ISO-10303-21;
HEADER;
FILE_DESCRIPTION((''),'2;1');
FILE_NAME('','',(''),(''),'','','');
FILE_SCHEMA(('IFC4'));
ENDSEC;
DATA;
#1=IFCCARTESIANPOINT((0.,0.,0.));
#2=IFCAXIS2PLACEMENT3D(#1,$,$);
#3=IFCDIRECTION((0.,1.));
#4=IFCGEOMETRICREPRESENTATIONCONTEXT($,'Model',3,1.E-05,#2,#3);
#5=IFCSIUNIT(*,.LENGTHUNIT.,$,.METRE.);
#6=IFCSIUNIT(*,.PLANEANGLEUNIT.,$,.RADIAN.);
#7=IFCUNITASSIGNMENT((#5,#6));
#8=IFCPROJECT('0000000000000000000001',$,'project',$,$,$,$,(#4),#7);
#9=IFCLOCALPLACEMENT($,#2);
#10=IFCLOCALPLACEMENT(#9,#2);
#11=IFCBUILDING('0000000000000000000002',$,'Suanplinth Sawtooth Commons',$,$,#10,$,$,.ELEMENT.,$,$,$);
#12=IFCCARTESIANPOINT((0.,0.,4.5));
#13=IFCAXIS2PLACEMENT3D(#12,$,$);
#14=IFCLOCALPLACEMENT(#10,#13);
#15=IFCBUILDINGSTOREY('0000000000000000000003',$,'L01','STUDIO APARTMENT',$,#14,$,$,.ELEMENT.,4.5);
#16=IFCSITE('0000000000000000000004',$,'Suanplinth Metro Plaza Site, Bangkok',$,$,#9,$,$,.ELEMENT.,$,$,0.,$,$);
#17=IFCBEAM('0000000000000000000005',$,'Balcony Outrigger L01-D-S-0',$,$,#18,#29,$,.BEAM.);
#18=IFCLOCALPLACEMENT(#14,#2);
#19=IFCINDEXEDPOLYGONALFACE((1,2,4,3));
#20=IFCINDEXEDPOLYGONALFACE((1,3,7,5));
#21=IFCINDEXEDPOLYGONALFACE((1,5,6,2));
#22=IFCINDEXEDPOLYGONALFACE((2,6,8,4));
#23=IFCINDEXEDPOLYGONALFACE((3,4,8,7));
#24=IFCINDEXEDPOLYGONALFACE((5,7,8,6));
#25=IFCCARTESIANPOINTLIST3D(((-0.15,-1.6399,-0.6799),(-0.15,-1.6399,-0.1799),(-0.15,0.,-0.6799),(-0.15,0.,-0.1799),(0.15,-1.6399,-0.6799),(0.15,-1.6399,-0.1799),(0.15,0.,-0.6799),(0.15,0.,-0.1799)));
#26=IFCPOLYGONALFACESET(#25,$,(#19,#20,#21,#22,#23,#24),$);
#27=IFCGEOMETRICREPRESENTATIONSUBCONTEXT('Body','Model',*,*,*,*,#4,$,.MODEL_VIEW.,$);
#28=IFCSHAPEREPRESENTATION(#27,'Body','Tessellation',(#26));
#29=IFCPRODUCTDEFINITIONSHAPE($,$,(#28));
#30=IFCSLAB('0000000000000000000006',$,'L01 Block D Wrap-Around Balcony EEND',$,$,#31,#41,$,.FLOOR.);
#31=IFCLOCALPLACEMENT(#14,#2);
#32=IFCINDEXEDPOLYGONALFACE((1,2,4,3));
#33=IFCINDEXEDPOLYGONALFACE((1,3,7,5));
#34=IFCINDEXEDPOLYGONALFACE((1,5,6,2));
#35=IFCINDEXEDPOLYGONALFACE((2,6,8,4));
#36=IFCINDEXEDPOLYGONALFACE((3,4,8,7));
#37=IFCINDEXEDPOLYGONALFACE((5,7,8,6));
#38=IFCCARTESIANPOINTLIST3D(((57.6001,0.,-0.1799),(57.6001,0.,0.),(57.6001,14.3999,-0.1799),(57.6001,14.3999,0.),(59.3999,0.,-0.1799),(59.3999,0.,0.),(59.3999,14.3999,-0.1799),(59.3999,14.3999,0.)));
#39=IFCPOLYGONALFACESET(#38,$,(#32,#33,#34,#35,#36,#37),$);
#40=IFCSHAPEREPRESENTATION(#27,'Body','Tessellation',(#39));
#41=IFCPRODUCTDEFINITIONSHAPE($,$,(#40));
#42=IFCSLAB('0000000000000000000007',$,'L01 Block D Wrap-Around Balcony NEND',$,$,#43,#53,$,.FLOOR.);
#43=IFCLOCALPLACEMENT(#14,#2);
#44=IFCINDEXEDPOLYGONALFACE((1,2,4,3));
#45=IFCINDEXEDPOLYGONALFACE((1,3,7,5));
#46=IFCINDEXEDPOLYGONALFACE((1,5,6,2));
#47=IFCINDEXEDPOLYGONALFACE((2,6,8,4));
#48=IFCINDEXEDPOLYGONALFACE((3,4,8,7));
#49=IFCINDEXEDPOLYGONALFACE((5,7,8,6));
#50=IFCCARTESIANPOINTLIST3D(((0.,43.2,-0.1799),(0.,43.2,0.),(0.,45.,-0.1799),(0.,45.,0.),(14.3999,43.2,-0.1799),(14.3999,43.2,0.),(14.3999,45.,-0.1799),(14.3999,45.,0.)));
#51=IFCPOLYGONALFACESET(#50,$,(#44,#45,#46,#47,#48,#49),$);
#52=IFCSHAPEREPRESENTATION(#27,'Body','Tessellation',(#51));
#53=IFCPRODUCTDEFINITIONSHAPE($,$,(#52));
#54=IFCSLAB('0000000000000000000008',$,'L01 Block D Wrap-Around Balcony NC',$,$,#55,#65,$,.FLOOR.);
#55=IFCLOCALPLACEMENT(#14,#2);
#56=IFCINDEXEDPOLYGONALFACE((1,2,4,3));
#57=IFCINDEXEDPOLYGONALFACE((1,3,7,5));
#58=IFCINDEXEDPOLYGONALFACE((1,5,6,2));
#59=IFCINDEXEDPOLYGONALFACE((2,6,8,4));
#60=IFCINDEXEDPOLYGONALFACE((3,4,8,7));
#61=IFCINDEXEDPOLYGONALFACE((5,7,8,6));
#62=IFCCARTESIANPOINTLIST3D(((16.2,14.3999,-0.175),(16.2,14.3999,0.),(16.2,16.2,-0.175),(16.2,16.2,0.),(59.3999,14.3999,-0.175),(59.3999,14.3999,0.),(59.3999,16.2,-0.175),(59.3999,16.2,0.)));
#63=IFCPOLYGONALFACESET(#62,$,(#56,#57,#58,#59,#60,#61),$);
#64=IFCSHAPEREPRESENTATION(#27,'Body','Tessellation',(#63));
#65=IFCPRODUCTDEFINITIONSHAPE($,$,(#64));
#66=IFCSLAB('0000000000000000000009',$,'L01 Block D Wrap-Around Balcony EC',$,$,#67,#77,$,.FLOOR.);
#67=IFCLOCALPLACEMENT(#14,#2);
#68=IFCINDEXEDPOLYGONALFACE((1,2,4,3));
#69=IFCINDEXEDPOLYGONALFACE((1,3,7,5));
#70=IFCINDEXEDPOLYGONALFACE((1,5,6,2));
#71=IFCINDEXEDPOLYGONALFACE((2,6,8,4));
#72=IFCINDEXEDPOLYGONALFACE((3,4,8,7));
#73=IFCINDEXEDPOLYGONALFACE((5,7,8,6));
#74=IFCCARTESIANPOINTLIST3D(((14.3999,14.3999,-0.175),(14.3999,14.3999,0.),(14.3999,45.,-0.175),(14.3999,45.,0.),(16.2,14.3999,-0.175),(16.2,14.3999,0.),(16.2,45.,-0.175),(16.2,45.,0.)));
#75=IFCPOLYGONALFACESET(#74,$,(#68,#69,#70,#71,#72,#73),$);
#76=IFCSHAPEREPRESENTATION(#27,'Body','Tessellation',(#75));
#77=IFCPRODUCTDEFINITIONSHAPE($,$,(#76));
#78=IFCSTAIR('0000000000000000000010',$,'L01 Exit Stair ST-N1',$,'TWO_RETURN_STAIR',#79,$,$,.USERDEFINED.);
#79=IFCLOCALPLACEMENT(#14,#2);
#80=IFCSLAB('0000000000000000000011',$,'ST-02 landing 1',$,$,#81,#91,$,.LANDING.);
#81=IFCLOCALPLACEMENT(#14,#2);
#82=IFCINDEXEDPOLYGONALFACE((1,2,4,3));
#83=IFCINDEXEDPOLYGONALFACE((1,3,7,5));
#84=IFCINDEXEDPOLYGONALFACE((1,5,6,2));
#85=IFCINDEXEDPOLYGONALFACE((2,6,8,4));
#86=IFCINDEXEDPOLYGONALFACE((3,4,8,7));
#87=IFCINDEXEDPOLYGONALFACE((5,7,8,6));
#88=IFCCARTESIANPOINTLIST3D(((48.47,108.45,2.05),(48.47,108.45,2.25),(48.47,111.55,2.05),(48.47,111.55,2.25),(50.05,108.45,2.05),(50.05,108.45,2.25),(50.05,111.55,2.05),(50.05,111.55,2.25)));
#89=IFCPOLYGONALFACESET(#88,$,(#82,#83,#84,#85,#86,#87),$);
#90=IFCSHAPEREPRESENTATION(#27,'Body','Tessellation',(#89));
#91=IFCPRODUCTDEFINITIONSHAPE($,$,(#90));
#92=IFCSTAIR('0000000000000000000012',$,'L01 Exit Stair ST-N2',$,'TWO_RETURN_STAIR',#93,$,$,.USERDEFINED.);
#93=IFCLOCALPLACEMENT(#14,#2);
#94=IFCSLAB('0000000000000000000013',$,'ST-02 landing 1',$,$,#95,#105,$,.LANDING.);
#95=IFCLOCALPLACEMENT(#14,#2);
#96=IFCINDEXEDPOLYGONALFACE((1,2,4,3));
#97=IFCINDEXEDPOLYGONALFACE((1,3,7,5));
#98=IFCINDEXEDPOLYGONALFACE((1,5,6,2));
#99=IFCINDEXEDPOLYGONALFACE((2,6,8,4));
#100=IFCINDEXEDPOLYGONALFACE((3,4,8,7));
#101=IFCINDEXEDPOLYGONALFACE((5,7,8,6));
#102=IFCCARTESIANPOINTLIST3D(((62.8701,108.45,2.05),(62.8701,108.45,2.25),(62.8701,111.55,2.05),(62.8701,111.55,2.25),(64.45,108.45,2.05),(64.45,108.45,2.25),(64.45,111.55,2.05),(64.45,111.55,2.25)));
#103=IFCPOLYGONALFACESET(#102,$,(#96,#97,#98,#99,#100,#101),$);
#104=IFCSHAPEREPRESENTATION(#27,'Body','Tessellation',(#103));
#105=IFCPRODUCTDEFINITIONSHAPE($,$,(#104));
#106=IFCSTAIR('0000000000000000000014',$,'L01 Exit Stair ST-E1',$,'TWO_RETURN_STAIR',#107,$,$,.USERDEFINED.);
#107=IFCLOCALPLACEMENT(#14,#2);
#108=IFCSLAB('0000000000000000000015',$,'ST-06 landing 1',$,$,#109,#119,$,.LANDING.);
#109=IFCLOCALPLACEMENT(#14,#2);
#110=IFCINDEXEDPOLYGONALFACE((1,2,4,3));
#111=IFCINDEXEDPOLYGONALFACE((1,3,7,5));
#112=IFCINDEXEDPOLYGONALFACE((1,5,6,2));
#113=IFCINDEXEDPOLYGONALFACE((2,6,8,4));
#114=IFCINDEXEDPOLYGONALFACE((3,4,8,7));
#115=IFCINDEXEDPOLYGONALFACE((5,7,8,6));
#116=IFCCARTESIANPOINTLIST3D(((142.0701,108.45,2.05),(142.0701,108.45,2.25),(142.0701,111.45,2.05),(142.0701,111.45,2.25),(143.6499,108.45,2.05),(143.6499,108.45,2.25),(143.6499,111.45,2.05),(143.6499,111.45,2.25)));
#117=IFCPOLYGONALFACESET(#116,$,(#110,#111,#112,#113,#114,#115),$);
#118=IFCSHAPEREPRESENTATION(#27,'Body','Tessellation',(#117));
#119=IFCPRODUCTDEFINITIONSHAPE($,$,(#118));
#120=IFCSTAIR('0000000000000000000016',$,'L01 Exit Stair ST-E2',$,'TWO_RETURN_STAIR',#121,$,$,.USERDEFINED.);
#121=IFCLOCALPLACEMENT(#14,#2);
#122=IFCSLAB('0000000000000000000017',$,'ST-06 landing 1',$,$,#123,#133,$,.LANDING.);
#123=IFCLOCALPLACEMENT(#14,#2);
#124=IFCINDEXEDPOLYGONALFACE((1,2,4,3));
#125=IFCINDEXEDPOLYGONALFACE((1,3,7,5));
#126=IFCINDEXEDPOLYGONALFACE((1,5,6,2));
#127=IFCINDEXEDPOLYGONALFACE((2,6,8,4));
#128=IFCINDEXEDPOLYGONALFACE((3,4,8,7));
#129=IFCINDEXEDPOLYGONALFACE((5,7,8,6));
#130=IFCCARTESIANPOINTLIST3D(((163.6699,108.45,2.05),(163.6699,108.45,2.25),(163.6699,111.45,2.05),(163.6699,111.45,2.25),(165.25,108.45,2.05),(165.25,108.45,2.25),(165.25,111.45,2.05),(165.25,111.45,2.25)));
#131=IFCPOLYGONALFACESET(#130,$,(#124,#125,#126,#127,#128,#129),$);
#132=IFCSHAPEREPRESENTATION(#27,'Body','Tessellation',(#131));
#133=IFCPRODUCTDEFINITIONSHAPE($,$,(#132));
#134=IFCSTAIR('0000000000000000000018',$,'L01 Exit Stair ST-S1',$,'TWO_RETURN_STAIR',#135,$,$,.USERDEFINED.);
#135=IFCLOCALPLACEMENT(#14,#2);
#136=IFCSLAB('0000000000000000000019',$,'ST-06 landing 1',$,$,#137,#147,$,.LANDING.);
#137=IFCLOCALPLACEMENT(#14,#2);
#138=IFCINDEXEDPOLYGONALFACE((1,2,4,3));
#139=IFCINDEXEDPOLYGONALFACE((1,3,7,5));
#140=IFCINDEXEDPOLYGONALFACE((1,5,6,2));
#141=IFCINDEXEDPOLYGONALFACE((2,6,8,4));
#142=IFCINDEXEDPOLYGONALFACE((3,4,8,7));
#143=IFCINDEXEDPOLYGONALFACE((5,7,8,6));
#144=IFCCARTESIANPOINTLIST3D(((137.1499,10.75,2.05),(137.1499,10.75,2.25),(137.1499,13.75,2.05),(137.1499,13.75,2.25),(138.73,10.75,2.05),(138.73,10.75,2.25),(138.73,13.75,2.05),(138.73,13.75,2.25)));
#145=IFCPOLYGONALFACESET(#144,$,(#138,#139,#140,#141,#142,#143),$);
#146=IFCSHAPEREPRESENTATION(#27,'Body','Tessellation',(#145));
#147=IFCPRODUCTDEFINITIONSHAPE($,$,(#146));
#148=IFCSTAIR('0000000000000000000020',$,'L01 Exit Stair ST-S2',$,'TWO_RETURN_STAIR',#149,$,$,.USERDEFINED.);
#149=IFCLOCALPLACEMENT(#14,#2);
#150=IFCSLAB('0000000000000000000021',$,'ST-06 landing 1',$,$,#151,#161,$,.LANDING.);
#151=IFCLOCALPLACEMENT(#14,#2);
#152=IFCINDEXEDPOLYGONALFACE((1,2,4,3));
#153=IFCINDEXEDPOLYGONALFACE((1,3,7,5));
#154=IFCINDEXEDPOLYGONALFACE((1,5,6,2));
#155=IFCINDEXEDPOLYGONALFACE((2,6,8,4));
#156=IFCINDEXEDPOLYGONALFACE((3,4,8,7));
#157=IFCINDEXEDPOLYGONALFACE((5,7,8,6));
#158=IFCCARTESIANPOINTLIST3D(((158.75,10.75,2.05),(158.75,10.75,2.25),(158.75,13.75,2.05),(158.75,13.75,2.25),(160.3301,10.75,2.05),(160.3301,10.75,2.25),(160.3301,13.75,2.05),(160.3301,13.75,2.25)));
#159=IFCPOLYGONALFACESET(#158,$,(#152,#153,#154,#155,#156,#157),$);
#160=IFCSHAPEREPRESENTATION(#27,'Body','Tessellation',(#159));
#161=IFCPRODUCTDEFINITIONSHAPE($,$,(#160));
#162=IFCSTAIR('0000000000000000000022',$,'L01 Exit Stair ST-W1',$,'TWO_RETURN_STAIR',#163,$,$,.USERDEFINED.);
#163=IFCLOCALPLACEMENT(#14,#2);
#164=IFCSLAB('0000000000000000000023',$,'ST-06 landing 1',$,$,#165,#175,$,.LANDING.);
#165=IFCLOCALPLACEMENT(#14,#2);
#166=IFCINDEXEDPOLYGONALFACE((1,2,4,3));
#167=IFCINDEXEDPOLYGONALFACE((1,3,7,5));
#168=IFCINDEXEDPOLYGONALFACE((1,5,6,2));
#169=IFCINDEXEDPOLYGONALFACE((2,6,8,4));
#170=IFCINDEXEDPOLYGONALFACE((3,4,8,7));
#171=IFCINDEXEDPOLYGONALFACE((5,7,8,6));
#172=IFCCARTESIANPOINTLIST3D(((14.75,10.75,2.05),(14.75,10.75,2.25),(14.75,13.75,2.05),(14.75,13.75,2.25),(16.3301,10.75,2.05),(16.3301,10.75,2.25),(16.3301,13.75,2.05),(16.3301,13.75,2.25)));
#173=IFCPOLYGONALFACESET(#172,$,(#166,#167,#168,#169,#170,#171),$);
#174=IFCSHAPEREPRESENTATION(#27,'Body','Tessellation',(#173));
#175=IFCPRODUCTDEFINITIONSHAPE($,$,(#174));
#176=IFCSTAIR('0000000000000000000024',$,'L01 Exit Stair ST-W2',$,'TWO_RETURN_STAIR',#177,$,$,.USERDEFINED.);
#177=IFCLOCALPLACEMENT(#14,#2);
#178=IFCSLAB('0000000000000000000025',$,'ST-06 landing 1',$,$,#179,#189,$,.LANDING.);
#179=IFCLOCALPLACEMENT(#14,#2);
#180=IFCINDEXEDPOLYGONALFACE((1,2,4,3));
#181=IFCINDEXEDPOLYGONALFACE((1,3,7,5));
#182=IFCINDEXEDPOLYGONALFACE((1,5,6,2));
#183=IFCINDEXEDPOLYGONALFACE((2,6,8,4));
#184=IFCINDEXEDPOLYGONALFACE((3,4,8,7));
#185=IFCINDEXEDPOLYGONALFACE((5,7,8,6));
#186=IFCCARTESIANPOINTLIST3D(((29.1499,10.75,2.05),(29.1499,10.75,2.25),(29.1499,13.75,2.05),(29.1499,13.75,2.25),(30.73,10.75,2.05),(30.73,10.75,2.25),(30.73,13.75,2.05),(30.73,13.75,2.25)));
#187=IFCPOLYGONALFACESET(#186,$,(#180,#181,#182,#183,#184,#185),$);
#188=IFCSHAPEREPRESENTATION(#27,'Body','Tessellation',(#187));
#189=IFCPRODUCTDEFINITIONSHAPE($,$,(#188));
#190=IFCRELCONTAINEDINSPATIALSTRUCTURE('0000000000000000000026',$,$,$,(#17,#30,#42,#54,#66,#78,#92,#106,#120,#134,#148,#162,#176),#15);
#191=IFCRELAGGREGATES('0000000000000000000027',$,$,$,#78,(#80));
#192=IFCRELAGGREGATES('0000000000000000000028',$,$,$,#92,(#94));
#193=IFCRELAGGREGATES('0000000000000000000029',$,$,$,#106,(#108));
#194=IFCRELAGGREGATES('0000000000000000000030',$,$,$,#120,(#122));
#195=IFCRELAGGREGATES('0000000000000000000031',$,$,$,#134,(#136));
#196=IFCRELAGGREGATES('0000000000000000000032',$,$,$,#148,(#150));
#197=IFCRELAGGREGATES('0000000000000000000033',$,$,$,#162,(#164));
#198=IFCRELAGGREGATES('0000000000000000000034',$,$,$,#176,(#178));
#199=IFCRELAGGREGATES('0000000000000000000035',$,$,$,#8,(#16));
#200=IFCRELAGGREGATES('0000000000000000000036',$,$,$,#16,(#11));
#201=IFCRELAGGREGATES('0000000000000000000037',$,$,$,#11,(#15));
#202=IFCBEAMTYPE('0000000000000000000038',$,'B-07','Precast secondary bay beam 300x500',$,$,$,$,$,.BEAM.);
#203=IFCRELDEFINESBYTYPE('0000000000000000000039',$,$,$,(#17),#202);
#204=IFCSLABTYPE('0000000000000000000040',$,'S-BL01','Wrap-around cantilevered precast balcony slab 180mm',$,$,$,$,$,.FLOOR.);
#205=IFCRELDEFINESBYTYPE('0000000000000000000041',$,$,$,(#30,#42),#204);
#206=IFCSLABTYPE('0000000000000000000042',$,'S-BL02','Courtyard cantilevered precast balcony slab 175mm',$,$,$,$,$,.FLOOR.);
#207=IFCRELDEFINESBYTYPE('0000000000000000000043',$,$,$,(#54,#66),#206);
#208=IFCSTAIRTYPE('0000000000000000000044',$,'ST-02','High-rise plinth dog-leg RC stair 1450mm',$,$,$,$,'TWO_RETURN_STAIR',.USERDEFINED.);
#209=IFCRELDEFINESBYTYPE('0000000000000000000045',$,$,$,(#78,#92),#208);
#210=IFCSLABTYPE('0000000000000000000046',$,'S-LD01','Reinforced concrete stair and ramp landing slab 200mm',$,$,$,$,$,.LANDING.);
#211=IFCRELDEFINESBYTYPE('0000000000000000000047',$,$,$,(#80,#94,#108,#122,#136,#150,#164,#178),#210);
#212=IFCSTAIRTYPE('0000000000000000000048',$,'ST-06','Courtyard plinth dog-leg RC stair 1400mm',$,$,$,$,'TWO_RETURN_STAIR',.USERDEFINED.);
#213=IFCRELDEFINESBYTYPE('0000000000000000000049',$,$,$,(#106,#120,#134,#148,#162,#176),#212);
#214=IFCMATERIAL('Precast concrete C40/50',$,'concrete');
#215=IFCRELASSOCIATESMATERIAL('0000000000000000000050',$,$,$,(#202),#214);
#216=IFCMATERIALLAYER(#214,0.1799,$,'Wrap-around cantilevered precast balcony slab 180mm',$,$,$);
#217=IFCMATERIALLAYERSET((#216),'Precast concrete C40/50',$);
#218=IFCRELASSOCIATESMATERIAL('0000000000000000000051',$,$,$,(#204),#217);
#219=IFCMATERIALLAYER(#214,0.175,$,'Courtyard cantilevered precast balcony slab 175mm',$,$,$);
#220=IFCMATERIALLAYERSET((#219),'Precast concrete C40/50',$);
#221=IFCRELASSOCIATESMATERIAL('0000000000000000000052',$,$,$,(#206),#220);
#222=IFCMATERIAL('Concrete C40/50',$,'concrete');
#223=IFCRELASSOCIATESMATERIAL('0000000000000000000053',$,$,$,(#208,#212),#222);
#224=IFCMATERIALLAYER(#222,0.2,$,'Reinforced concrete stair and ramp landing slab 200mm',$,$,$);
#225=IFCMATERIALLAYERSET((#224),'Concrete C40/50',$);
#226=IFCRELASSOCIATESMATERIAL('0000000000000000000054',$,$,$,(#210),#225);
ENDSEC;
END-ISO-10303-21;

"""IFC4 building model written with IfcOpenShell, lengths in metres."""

from ifc_helpers import new_model, si_unit, direction, frame, origin, origin_2d, place, context, subcontext, project, spatial, polyline, rectangle, outline, extrude, material, layer, layer_set, material_profile, profile_set, type_object, element, aggregate, save


model = new_model("IFC4")

# Units and contexts
model_context = context("Model", 3, precision=1e-05, world=origin(), true_north=direction((0.0, 1.0)))
body_context = subcontext(model_context, "Body", "Model", "MODEL_VIEW")
ifc_project = project(units=[si_unit("LENGTHUNIT", "METRE"), si_unit("PLANEANGLEUNIT", "RADIAN")], contexts=[model_context])

# Site, building, storey
site_placement = place(None, origin())
site = spatial("IfcSite", under=ifc_project, at=site_placement, Name="Suanplinth Metro Plaza Site, Bangkok", CompositionType="ELEMENT", RefElevation=0.0)
building_placement = place(site_placement, origin())
building = spatial("IfcBuilding", under=site, at=building_placement, Name="Suanplinth Sawtooth Commons", CompositionType="ELEMENT")
storey_placement = place(building_placement, frame((0.0, 0.0, 4.5)))
storey = spatial("IfcBuildingStorey", under=building, at=storey_placement, Name="L01", Description="STUDIO APARTMENT", CompositionType="ELEMENT", Elevation=4.5)

# Beam
ifc_material_1 = material(Name="Precast concrete C40/50", Category="concrete")
ifc_material_profile = material_profile(ifc_material_1, rectangle(XDim=0.3, YDim=0.5, at=origin_2d()), Name="PC-BM 300x500")
ifc_profile_set = profile_set([ifc_material_profile], Name="Precast concrete C40/50")
beam_type = type_object("IfcBeamType", Name="B-07", Description="Precast secondary bay beam 300x500", PredefinedType="BEAM", material=ifc_profile_set)
beam_placement = place(storey_placement, frame((0.0, 0.0, -0.4299), z_axis=(0.0, -1.0, 0.0), x_axis=(1.0, 0.0, 0.0)))
element("IfcBeam", 1, at=beam_placement, inside=storey, type_object=beam_type, Name="Balcony Outrigger L01-D-S-0", PredefinedType="BEAM", context=body_context, shape_type="SweptSolid", body=[
    extrude(rectangle(XDim=0.3, YDim=0.5, at=origin_2d()), origin(), (0.0, 0.0, 1.0), 1.6399),
])

# Slabs
ifc_layer_1 = layer(ifc_material_1, 0.1799, Name="Wrap-around cantilevered precast balcony slab 180mm")
ifc_layer_set_1 = layer_set([ifc_layer_1], Name="Precast concrete C40/50")
slab_type_1 = type_object("IfcSlabType", Name="S-BL01", Description="Wrap-around cantilevered precast balcony slab 180mm", PredefinedType="FLOOR", material=ifc_layer_set_1)
slab_1_placement = place(storey_placement, frame((0.0, 0.0, -0.1799)))
element("IfcSlab", 2, at=slab_1_placement, inside=storey, type_object=slab_type_1, Name="L01 Block D Wrap-Around Balcony EEND", PredefinedType="FLOOR", context=body_context, shape_type="SweptSolid", body=[
    extrude(outline(polyline([(59.3999, 14.3999), (59.3999, 0.0), (57.6001, 0.0), (57.6001, 14.3999), (59.3999, 14.3999)])), origin(), (0.0, 0.0, 1.0), 0.1799),
])
slab_2_placement = place(storey_placement, frame((0.0, 0.0, -0.1799)))
element("IfcSlab", 3, at=slab_2_placement, inside=storey, type_object=slab_type_1, Name="L01 Block D Wrap-Around Balcony NEND", PredefinedType="FLOOR", context=body_context, shape_type="SweptSolid", body=[
    extrude(outline(polyline([(0.0, 45.0), (14.3999, 45.0), (14.3999, 43.2), (0.0, 43.2), (0.0, 45.0)])), origin(), (0.0, 0.0, 1.0), 0.1799),
])
ifc_layer_2 = layer(ifc_material_1, 0.175, Name="Courtyard cantilevered precast balcony slab 175mm")
ifc_layer_set_2 = layer_set([ifc_layer_2], Name="Precast concrete C40/50")
slab_type_2 = type_object("IfcSlabType", Name="S-BL02", Description="Courtyard cantilevered precast balcony slab 175mm", PredefinedType="FLOOR", material=ifc_layer_set_2)
slab_3_placement = place(storey_placement, frame((0.0, 0.0, -0.175)))
element("IfcSlab", 4, at=slab_3_placement, inside=storey, type_object=slab_type_2, Name="L01 Block D Wrap-Around Balcony NC", PredefinedType="FLOOR", context=body_context, shape_type="SweptSolid", body=[
    extrude(outline(polyline([(16.2, 16.2), (59.3999, 16.2), (59.3999, 14.3999), (16.2, 14.3999), (16.2, 16.2)])), origin(), (0.0, 0.0, 1.0), 0.175),
])
slab_4_placement = place(storey_placement, frame((0.0, 0.0, -0.175)))
element("IfcSlab", 5, at=slab_4_placement, inside=storey, type_object=slab_type_2, Name="L01 Block D Wrap-Around Balcony EC", PredefinedType="FLOOR", context=body_context, shape_type="SweptSolid", body=[
    extrude(outline(polyline([(14.3999, 45.0), (16.2, 45.0), (16.2, 14.3999), (14.3999, 14.3999), (14.3999, 45.0)])), origin(), (0.0, 0.0, 1.0), 0.175),
])

# Stairs, slabs
ifc_material_2 = material(Name="Concrete C40/50", Category="concrete")
stair_type_1 = type_object("IfcStairType", Name="ST-02", Description="High-rise plinth dog-leg RC stair 1450mm", ElementType="TWO_RETURN_STAIR", PredefinedType="USERDEFINED", material=ifc_material_2)
stair_1_placement = place(storey_placement, origin())
stair_1 = element("IfcStair", 6, at=stair_1_placement, inside=storey, type_object=stair_type_1, Name="L01 Exit Stair ST-N1", ObjectType="TWO_RETURN_STAIR", PredefinedType="USERDEFINED")
ifc_layer_3 = layer(ifc_material_2, 0.2, Name="Reinforced concrete stair and ramp landing slab 200mm")
ifc_layer_set_3 = layer_set([ifc_layer_3], Name="Concrete C40/50")
slab_type_3 = type_object("IfcSlabType", Name="S-LD01", Description="Reinforced concrete stair and ramp landing slab 200mm", PredefinedType="LANDING", material=ifc_layer_set_3)
slab_5_placement = place(storey_placement, frame((0.0, 0.0, 2.05)))
slab_5 = element("IfcSlab", 7, at=slab_5_placement, type_object=slab_type_3, Name="ST-02 landing 1", PredefinedType="LANDING", context=body_context, shape_type="SweptSolid", body=[
    extrude(outline(polyline([(48.47, 108.45), (50.05, 108.45), (50.05, 111.55), (48.47, 111.55), (48.47, 108.45)])), origin(), (0.0, 0.0, 1.0), 0.2),
])
aggregate(stair_1, [slab_5])
stair_2_placement = place(storey_placement, origin())
stair_2 = element("IfcStair", 8, at=stair_2_placement, inside=storey, type_object=stair_type_1, Name="L01 Exit Stair ST-N2", ObjectType="TWO_RETURN_STAIR", PredefinedType="USERDEFINED")
slab_6_placement = place(storey_placement, frame((0.0, 0.0, 2.05)))
slab_6 = element("IfcSlab", 9, at=slab_6_placement, type_object=slab_type_3, Name="ST-02 landing 1", PredefinedType="LANDING", context=body_context, shape_type="SweptSolid", body=[
    extrude(outline(polyline([(62.8701, 108.45), (64.45, 108.45), (64.45, 111.55), (62.8701, 111.55), (62.8701, 108.45)])), origin(), (0.0, 0.0, 1.0), 0.2),
])
aggregate(stair_2, [slab_6])
stair_type_2 = type_object("IfcStairType", Name="ST-06", Description="Courtyard plinth dog-leg RC stair 1400mm", ElementType="TWO_RETURN_STAIR", PredefinedType="USERDEFINED", material=ifc_material_2)
stair_3_placement = place(storey_placement, origin())
stair_3 = element("IfcStair", 10, at=stair_3_placement, inside=storey, type_object=stair_type_2, Name="L01 Exit Stair ST-E1", ObjectType="TWO_RETURN_STAIR", PredefinedType="USERDEFINED")
slab_7_placement = place(storey_placement, frame((0.0, 0.0, 2.05)))
slab_7 = element("IfcSlab", 11, at=slab_7_placement, type_object=slab_type_3, Name="ST-06 landing 1", PredefinedType="LANDING", context=body_context, shape_type="SweptSolid", body=[
    extrude(outline(polyline([(142.0701, 108.45), (143.6499, 108.45), (143.6499, 111.45), (142.0701, 111.45), (142.0701, 108.45)])), origin(), (0.0, 0.0, 1.0), 0.2),
])
aggregate(stair_3, [slab_7])
stair_4_placement = place(storey_placement, origin())
stair_4 = element("IfcStair", 12, at=stair_4_placement, inside=storey, type_object=stair_type_2, Name="L01 Exit Stair ST-E2", ObjectType="TWO_RETURN_STAIR", PredefinedType="USERDEFINED")
slab_8_placement = place(storey_placement, frame((0.0, 0.0, 2.05)))
slab_8 = element("IfcSlab", 13, at=slab_8_placement, type_object=slab_type_3, Name="ST-06 landing 1", PredefinedType="LANDING", context=body_context, shape_type="SweptSolid", body=[
    extrude(outline(polyline([(163.6699, 108.45), (165.25, 108.45), (165.25, 111.45), (163.6699, 111.45), (163.6699, 108.45)])), origin(), (0.0, 0.0, 1.0), 0.2),
])
aggregate(stair_4, [slab_8])
stair_5_placement = place(storey_placement, origin())
stair_5 = element("IfcStair", 14, at=stair_5_placement, inside=storey, type_object=stair_type_2, Name="L01 Exit Stair ST-S1", ObjectType="TWO_RETURN_STAIR", PredefinedType="USERDEFINED")
slab_9_placement = place(storey_placement, frame((0.0, 0.0, 2.05)))
slab_9 = element("IfcSlab", 15, at=slab_9_placement, type_object=slab_type_3, Name="ST-06 landing 1", PredefinedType="LANDING", context=body_context, shape_type="SweptSolid", body=[
    extrude(outline(polyline([(138.73, 13.75), (137.1499, 13.75), (137.1499, 10.75), (138.73, 10.75), (138.73, 13.75)])), origin(), (0.0, 0.0, 1.0), 0.2),
])
aggregate(stair_5, [slab_9])
stair_6_placement = place(storey_placement, origin())
stair_6 = element("IfcStair", 16, at=stair_6_placement, inside=storey, type_object=stair_type_2, Name="L01 Exit Stair ST-S2", ObjectType="TWO_RETURN_STAIR", PredefinedType="USERDEFINED")
slab_10_placement = place(storey_placement, frame((0.0, 0.0, 2.05)))
slab_10 = element("IfcSlab", 17, at=slab_10_placement, type_object=slab_type_3, Name="ST-06 landing 1", PredefinedType="LANDING", context=body_context, shape_type="SweptSolid", body=[
    extrude(outline(polyline([(160.3301, 13.75), (158.75, 13.75), (158.75, 10.75), (160.3301, 10.75), (160.3301, 13.75)])), origin(), (0.0, 0.0, 1.0), 0.2),
])
aggregate(stair_6, [slab_10])
stair_7_placement = place(storey_placement, origin())
stair_7 = element("IfcStair", 18, at=stair_7_placement, inside=storey, type_object=stair_type_2, Name="L01 Exit Stair ST-W1", ObjectType="TWO_RETURN_STAIR", PredefinedType="USERDEFINED")
slab_11_placement = place(storey_placement, frame((0.0, 0.0, 2.05)))
slab_11 = element("IfcSlab", 19, at=slab_11_placement, type_object=slab_type_3, Name="ST-06 landing 1", PredefinedType="LANDING", context=body_context, shape_type="SweptSolid", body=[
    extrude(outline(polyline([(16.3301, 13.75), (14.75, 13.75), (14.75, 10.75), (16.3301, 10.75), (16.3301, 13.75)])), origin(), (0.0, 0.0, 1.0), 0.2),
])
aggregate(stair_7, [slab_11])
stair_8_placement = place(storey_placement, origin())
stair_8 = element("IfcStair", 20, at=stair_8_placement, inside=storey, type_object=stair_type_2, Name="L01 Exit Stair ST-W2", ObjectType="TWO_RETURN_STAIR", PredefinedType="USERDEFINED")
slab_12_placement = place(storey_placement, frame((0.0, 0.0, 2.05)))
slab_12 = element("IfcSlab", 21, at=slab_12_placement, type_object=slab_type_3, Name="ST-06 landing 1", PredefinedType="LANDING", context=body_context, shape_type="SweptSolid", body=[
    extrude(outline(polyline([(30.73, 13.75), (29.1499, 13.75), (29.1499, 10.75), (30.73, 10.75), (30.73, 13.75)])), origin(), (0.0, 0.0, 1.0), 0.2),
])
aggregate(stair_8, [slab_12])

save(model, "model.ifc")
